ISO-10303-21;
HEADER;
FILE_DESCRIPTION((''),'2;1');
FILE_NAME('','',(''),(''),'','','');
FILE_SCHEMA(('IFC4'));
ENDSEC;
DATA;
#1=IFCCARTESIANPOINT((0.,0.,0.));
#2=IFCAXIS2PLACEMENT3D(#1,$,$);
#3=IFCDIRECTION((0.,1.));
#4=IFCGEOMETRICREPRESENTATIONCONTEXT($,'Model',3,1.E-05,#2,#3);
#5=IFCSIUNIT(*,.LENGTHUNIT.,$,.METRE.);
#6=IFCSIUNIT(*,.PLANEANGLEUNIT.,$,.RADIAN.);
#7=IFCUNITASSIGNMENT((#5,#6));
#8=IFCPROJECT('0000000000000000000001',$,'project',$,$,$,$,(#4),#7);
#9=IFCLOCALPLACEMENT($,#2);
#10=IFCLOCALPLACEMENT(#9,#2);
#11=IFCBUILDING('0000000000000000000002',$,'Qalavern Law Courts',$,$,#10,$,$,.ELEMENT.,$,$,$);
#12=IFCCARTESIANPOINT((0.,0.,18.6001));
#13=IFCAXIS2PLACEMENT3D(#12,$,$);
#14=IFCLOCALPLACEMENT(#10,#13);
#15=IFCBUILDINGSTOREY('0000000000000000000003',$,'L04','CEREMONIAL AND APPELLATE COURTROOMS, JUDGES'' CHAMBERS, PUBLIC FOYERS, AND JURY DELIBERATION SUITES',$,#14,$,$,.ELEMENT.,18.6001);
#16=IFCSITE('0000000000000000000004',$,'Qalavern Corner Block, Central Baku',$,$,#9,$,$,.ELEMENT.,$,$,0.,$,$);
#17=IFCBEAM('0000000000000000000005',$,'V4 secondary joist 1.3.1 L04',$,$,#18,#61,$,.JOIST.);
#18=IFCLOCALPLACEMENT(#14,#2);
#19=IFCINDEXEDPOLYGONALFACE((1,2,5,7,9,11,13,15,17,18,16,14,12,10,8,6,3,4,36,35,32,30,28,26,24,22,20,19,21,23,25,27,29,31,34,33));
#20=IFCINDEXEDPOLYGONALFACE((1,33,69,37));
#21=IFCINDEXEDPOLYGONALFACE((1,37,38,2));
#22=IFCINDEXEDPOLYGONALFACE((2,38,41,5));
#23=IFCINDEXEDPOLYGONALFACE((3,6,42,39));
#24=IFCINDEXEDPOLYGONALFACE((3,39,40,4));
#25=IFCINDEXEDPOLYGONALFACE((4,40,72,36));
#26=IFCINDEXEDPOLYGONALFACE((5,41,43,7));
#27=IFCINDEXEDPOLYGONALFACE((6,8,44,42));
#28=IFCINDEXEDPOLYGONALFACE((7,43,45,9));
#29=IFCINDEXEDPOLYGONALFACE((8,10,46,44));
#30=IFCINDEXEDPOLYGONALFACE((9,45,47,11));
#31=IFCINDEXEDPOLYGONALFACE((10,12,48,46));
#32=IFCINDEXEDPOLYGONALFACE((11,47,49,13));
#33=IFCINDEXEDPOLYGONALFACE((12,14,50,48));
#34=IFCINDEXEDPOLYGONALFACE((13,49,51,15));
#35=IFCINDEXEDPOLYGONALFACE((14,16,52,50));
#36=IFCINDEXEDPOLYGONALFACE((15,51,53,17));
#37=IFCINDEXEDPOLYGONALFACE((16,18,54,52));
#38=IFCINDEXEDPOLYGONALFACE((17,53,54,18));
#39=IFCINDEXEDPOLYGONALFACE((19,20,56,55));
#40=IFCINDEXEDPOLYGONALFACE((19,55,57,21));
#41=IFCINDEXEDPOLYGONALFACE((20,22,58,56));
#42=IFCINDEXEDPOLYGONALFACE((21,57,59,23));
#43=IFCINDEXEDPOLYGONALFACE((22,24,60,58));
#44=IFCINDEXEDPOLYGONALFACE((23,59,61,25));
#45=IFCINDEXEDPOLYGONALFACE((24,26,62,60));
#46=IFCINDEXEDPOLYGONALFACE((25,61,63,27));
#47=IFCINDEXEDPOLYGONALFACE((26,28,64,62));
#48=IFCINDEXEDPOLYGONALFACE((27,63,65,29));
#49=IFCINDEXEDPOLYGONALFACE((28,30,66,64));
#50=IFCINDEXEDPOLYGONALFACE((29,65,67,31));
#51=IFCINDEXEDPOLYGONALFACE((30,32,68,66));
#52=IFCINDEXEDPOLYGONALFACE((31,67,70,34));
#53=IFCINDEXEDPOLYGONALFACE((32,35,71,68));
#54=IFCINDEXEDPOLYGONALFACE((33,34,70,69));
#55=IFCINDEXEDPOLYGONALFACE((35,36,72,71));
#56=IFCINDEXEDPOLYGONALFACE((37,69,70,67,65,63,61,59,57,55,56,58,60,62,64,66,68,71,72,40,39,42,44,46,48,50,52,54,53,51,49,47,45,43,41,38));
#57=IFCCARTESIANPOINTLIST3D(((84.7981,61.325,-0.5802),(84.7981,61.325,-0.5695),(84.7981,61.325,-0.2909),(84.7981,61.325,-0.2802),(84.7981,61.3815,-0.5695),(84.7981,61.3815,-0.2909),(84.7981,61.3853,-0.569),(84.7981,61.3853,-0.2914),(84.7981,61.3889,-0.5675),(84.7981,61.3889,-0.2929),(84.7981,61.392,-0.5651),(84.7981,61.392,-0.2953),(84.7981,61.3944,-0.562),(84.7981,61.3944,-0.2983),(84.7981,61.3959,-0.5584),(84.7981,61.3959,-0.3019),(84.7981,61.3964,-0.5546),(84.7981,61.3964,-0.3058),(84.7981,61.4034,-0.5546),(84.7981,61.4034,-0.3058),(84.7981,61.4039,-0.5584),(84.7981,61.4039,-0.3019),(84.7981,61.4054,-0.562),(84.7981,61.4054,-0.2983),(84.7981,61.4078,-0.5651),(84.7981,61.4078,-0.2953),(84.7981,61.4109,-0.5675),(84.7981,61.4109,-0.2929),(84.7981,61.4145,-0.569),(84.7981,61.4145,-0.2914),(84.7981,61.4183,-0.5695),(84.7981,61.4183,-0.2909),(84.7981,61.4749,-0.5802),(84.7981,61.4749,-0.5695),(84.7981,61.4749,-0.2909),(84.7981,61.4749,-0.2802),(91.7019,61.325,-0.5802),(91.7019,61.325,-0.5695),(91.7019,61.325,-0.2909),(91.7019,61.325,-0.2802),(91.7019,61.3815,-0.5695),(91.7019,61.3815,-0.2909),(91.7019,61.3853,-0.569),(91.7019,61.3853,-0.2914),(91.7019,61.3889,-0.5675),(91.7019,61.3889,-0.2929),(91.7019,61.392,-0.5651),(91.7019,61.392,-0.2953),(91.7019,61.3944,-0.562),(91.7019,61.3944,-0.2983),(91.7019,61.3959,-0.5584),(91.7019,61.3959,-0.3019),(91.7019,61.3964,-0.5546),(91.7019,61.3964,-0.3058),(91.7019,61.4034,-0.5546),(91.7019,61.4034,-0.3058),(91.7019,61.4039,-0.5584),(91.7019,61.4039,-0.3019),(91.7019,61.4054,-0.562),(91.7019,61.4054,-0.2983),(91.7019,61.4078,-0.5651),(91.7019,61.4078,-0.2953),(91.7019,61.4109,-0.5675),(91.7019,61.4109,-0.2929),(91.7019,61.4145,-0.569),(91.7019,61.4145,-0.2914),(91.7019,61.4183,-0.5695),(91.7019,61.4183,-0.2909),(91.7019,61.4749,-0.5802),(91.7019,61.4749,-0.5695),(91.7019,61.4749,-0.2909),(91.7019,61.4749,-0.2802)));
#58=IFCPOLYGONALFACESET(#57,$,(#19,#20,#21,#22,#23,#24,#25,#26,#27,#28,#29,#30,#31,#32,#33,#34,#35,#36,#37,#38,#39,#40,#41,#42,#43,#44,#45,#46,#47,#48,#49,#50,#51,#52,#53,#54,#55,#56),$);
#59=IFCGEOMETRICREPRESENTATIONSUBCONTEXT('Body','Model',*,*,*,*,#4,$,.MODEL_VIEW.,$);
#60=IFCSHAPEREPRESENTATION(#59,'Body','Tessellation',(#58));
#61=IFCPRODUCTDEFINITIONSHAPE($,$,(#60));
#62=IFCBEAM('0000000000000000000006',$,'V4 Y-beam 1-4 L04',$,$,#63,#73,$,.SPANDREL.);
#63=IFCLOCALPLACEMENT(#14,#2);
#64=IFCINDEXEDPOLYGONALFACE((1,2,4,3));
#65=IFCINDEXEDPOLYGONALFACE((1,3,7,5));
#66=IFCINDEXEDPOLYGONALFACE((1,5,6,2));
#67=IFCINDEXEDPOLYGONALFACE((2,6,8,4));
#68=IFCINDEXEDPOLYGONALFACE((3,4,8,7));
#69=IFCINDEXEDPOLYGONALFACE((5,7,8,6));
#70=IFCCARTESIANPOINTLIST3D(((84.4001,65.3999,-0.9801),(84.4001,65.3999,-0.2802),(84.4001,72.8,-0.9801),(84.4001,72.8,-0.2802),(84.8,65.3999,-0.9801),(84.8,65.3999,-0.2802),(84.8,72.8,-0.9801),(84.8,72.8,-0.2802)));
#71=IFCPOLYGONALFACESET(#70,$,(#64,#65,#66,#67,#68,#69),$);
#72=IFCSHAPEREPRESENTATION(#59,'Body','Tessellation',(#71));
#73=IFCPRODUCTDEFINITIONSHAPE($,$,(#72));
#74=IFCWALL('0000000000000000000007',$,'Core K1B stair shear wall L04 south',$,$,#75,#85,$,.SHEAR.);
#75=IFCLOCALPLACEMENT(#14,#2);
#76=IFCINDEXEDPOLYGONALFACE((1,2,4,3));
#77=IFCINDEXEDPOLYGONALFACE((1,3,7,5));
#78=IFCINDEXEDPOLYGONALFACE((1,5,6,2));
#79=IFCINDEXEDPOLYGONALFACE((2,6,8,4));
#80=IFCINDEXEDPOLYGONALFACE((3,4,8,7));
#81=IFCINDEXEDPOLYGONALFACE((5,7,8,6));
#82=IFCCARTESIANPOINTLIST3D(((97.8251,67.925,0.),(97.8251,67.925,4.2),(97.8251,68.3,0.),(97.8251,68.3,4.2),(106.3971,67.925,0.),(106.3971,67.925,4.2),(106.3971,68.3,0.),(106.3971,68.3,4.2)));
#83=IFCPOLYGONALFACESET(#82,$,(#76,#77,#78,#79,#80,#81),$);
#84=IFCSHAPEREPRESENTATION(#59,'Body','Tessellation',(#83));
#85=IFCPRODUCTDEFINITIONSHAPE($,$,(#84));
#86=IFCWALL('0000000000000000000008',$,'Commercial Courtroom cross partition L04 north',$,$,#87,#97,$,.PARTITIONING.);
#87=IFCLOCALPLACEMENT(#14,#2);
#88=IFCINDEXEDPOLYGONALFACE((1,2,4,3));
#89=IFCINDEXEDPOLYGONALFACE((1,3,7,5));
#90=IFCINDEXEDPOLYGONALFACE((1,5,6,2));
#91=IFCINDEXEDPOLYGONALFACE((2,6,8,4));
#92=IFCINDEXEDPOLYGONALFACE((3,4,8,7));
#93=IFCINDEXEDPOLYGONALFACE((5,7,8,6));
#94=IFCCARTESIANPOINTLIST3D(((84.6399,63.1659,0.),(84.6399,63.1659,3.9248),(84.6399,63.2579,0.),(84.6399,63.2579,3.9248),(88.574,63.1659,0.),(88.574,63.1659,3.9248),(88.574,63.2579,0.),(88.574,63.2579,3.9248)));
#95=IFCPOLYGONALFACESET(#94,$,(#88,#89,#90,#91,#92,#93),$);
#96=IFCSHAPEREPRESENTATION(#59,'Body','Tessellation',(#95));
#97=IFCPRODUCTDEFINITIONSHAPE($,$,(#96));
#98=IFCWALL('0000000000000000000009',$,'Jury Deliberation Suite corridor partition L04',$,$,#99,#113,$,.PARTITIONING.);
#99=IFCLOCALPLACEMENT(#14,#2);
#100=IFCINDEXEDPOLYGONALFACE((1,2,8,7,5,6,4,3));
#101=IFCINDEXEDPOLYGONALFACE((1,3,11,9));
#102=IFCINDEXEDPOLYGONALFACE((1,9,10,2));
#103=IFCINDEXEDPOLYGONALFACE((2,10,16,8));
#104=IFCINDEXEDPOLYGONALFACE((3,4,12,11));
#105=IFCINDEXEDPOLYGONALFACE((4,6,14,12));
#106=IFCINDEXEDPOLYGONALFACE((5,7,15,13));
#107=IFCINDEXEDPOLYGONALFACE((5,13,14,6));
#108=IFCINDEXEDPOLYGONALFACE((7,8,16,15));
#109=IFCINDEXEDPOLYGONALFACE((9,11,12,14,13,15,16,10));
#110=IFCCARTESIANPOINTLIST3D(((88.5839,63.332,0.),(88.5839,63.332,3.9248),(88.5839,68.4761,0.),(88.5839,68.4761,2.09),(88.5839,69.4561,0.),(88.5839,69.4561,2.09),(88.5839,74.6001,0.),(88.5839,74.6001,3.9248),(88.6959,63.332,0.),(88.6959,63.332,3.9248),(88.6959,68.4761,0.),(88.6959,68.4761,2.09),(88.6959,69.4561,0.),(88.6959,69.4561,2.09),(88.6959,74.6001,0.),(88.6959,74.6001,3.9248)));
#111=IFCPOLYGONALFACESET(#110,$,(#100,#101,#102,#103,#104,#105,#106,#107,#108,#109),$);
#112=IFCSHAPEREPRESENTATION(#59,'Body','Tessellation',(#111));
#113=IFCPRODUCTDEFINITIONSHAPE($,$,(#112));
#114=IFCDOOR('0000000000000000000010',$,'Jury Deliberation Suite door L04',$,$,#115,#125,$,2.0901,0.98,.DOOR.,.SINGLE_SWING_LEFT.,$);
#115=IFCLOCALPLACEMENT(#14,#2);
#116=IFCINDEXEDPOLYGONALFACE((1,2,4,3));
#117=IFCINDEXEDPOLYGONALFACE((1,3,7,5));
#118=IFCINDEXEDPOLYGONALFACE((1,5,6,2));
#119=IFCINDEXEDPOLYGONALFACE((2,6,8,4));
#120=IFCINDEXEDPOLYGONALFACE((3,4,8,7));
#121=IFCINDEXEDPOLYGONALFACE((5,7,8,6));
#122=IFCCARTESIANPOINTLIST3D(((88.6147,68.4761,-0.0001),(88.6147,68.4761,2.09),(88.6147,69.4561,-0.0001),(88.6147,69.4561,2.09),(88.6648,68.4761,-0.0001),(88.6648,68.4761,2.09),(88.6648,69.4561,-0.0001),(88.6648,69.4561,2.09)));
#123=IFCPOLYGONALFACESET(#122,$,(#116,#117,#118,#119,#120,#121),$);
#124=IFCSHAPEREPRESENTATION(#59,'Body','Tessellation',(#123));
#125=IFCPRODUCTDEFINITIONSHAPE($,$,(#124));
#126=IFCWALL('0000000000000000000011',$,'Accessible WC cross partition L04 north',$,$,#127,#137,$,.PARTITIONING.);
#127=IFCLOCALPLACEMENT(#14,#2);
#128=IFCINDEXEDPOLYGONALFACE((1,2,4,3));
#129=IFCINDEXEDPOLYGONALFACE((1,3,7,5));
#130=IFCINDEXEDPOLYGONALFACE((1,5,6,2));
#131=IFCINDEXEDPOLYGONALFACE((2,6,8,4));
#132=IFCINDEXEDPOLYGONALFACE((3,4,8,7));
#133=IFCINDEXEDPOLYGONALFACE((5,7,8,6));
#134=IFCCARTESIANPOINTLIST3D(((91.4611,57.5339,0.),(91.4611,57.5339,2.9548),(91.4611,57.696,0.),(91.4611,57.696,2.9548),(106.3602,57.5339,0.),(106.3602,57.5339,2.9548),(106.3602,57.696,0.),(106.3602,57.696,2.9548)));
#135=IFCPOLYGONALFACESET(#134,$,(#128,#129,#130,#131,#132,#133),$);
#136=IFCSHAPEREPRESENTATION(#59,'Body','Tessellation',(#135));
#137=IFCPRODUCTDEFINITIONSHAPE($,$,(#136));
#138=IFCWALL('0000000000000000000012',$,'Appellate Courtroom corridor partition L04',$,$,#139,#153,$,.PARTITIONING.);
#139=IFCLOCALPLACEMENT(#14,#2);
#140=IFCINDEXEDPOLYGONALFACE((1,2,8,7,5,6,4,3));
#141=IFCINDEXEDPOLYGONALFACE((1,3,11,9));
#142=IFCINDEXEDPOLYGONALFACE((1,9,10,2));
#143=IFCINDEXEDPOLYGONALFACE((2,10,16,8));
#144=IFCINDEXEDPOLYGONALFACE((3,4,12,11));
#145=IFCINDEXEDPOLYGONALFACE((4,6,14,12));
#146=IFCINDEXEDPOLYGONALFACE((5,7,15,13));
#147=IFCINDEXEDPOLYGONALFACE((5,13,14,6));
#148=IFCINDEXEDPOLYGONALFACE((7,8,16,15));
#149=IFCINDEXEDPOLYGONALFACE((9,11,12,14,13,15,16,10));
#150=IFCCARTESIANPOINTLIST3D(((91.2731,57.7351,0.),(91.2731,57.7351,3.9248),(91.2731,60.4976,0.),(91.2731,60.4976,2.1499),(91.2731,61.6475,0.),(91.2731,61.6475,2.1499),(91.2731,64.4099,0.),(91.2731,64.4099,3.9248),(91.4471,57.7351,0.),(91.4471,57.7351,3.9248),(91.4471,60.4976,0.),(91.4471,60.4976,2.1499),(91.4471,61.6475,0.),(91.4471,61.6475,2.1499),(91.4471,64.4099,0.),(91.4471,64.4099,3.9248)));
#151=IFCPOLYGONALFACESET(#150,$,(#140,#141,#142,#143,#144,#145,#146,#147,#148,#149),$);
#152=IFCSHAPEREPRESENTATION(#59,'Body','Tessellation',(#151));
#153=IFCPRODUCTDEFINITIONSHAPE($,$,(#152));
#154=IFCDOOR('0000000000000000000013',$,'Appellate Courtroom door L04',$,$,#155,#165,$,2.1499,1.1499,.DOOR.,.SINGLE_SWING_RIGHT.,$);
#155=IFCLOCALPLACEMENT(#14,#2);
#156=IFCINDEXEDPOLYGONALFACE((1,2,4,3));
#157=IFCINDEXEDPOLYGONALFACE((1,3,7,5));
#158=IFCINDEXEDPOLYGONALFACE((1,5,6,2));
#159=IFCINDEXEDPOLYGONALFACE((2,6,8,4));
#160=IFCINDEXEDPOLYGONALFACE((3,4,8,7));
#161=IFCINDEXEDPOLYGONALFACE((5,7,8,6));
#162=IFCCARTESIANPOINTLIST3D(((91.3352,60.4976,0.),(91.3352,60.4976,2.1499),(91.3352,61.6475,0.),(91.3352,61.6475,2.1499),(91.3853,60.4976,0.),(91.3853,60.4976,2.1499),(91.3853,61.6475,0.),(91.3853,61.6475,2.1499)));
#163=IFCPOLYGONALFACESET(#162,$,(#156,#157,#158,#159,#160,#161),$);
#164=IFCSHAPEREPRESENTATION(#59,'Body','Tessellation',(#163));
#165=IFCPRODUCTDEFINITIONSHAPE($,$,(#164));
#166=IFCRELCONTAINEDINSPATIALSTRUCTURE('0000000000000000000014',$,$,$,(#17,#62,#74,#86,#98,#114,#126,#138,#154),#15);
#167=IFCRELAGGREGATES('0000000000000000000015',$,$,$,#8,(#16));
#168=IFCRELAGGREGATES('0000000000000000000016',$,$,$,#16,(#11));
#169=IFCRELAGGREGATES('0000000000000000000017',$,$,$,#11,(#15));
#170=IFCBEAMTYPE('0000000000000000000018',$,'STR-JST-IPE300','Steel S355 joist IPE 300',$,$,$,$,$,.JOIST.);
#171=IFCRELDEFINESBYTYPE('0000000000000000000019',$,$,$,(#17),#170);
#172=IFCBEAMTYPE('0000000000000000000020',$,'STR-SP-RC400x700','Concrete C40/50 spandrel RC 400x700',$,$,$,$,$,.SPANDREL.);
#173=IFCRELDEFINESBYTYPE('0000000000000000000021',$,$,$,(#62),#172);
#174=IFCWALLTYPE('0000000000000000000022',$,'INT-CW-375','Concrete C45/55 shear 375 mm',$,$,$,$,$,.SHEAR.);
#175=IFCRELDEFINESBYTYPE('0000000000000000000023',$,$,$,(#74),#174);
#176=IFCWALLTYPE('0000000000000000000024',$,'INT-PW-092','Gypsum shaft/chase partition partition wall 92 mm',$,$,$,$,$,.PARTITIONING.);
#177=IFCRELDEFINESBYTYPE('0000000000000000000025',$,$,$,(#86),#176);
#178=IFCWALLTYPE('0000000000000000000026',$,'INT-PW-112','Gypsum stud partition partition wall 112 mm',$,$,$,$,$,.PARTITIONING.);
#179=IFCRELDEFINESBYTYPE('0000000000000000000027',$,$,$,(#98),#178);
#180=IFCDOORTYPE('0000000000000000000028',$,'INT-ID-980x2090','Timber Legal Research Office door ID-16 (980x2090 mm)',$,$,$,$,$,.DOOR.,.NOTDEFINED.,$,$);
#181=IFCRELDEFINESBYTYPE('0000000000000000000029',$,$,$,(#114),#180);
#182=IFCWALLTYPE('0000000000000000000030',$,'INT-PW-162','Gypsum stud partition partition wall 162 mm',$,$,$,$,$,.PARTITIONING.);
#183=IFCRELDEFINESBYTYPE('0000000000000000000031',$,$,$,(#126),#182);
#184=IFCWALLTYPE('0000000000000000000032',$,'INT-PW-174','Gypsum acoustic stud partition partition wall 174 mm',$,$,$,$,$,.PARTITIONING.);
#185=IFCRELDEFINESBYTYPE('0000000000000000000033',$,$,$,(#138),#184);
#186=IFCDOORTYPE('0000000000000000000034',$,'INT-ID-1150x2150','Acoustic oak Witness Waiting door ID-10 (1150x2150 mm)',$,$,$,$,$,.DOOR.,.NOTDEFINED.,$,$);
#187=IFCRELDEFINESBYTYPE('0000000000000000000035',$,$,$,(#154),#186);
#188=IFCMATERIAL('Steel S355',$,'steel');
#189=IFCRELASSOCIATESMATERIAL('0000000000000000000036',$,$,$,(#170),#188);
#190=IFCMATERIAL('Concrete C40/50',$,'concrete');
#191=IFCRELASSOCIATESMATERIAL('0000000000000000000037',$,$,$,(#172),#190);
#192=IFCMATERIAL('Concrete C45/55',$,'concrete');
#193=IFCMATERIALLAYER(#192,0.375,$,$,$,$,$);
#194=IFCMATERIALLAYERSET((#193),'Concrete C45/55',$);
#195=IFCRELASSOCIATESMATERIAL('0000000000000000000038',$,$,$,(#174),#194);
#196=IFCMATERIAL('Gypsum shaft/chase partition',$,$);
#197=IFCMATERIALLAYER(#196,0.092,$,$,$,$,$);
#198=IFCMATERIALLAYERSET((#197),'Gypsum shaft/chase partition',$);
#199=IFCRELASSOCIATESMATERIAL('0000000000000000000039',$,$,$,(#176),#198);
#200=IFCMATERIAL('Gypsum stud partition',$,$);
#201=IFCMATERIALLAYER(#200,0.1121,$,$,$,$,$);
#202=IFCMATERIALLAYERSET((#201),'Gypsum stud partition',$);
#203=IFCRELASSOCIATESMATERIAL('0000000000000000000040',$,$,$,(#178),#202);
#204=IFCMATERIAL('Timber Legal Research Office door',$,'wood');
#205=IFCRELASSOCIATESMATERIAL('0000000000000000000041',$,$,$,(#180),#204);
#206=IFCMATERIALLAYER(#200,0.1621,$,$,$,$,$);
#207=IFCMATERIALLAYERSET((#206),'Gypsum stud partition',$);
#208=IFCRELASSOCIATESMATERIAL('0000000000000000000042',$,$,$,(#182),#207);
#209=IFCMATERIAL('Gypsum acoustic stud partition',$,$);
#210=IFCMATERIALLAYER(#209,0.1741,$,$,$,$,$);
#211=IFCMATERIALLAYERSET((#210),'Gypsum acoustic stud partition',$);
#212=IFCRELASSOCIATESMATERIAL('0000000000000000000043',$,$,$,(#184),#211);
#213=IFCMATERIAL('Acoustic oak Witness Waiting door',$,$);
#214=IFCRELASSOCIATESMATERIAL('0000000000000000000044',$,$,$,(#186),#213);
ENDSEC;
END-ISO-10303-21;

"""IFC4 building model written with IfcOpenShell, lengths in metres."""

from ifc_helpers import new_model, si_unit, direction, frame, frame_2d, origin, origin_2d, place, context, subcontext, project, spatial, rectangle, i_section, extrude, material, layer, layer_set, material_profile, profile_set, type_object, element, fill, save


model = new_model("IFC4")

# Units and contexts
model_context = context("Model", 3, precision=1e-05, world=origin(), true_north=direction((0.0, 1.0)))
body_context = subcontext(model_context, "Body", "Model", "MODEL_VIEW")
ifc_project = project(units=[si_unit("LENGTHUNIT", "METRE"), si_unit("PLANEANGLEUNIT", "RADIAN")], contexts=[model_context])

# Site, building, storey
site_placement = place(None, origin())
site = spatial("IfcSite", under=ifc_project, at=site_placement, Name="Qalavern Corner Block, Central Baku", CompositionType="ELEMENT", RefElevation=0.0)
building_placement = place(site_placement, origin())
building = spatial("IfcBuilding", under=site, at=building_placement, Name="Qalavern Law Courts", CompositionType="ELEMENT")
storey_placement = place(building_placement, frame((0.0, 0.0, 18.6001)))
storey = spatial("IfcBuildingStorey", under=building, at=storey_placement, Name="L04", Description="CEREMONIAL AND APPELLATE COURTROOMS, JUDGES' CHAMBERS, PUBLIC FOYERS, AND JURY DELIBERATION SUITES", CompositionType="ELEMENT", Elevation=18.6001)

# Shared definitions
ifc_material_1 = material(Name="Concrete C45/55", Category="concrete")

# Beams
ifc_material_2 = material(Name="Steel S355", Category="steel")
ifc_material_3 = material(Name="Concrete C40/50", Category="concrete")
ifc_material_profile_1 = material_profile(ifc_material_2, i_section(OverallWidth=0.1499, OverallDepth=0.3, WebThickness=0.0071, FlangeThickness=0.0107, FilletRadius=0.0149, at=origin_2d()), Name="IPE 300")
ifc_profile_set_1 = profile_set([ifc_material_profile_1], Name="Steel S355")
beam_type_1 = type_object("IfcBeamType", Name="STR-JST-IPE300", Description="Steel S355 joist IPE 300", PredefinedType="JOIST", material=ifc_profile_set_1)
beam_1_placement = place(storey_placement, frame((84.7981, 61.3999, -0.4302), z_axis=(1.0, 0.0, 0.0), x_axis=(0.0, 1.0, 0.0)))
element("IfcBeam", 1, at=beam_1_placement, inside=storey, type_object=beam_type_1, Name="V4 secondary joist 1.3.1 L04", PredefinedType="JOIST", context=body_context, shape_type="SweptSolid", body=[
    extrude(i_section(OverallWidth=0.1499, OverallDepth=0.3, WebThickness=0.0071, FlangeThickness=0.0107, FilletRadius=0.0149, at=origin_2d()), origin(), (0.0, 0.0, 1.0), 6.9038),
])
ifc_material_profile_2 = material_profile(ifc_material_3, rectangle(XDim=0.3999, YDim=0.7, at=origin_2d()), Name="RC 400x700")
ifc_profile_set_2 = profile_set([ifc_material_profile_2], Name="Concrete C40/50")
beam_type_2 = type_object("IfcBeamType", Name="STR-SP-RC400x700", Description="Concrete C40/50 spandrel RC 400x700", PredefinedType="SPANDREL", material=ifc_profile_set_2)
beam_2_placement = place(storey_placement, frame((84.6001, 65.3999, -0.6301), z_axis=(0.0, 1.0, 0.0), x_axis=(-1.0, 0.0, 0.0)))
element("IfcBeam", 2, at=beam_2_placement, inside=storey, type_object=beam_type_2, Name="V4 Y-beam 1-4 L04", PredefinedType="SPANDREL", context=body_context, shape_type="SweptSolid", body=[
    extrude(rectangle(XDim=0.3999, YDim=0.7, at=origin_2d()), origin(), (0.0, 0.0, 1.0), 7.4001),
])

# Walls
ifc_layer_1 = layer(ifc_material_1, 0.375)
ifc_layer_set_1 = layer_set([ifc_layer_1], Name="Concrete C45/55")
wall_type_1 = type_object("IfcWallType", Name="INT-CW-375", Description="Concrete C45/55 shear 375 mm", PredefinedType="SHEAR", material=ifc_layer_set_1)
wall_1_placement = place(storey_placement, frame((97.825, 68.1125, 0.0), z_axis=(0.0, 0.0, 1.0), x_axis=(1.0, 0.0, 0.0)))
element("IfcWall", 3, at=wall_1_placement, inside=storey, type_object=wall_type_1, Name="Core K1B stair shear wall L04 south", PredefinedType="SHEAR", context=body_context, shape_type="SweptSolid", body=[
    extrude(rectangle(XDim=8.572, YDim=0.375, at=frame_2d((4.2861, 0.0))), origin(), (0.0, 0.0, 1.0), 4.2),
])
ifc_material_4 = material(Name="Gypsum shaft/chase partition")
ifc_layer_2 = layer(ifc_material_4, 0.092)
ifc_layer_set_2 = layer_set([ifc_layer_2], Name="Gypsum shaft/chase partition")
wall_type_2 = type_object("IfcWallType", Name="INT-PW-092", Description="Gypsum shaft/chase partition partition wall 92 mm", PredefinedType="PARTITIONING", material=ifc_layer_set_2)
wall_2_placement = place(storey_placement, frame((84.6399, 63.2119, 0.0), z_axis=(0.0, 0.0, 1.0), x_axis=(1.0, 0.0, 0.0)))
element("IfcWall", 4, at=wall_2_placement, inside=storey, type_object=wall_type_2, Name="Commercial Courtroom cross partition L04 north", PredefinedType="PARTITIONING", context=body_context, shape_type="SweptSolid", body=[
    extrude(rectangle(XDim=3.9341, YDim=0.092, at=frame_2d((1.967, 0.0))), origin(), (0.0, 0.0, 1.0), 3.9248),
])

# Wall, opening, door
ifc_material_5 = material(Name="Gypsum stud partition")
ifc_layer_3 = layer(ifc_material_5, 0.1121)
ifc_layer_set_3 = layer_set([ifc_layer_3], Name="Gypsum stud partition")
wall_type_3 = type_object("IfcWallType", Name="INT-PW-112", Description="Gypsum stud partition partition wall 112 mm", PredefinedType="PARTITIONING", material=ifc_layer_set_3)
wall_3_placement = place(storey_placement, frame((88.6399, 63.332, 0.0), z_axis=(0.0, 0.0, 1.0), x_axis=(0.0, 1.0, 0.0)))
wall_3 = element("IfcWall", 5, at=wall_3_placement, inside=storey, type_object=wall_type_3, Name="Jury Deliberation Suite corridor partition L04", PredefinedType="PARTITIONING", context=body_context, shape_type="SweptSolid", body=[
    extrude(rectangle(XDim=11.2681, YDim=0.1121, at=frame_2d((5.634, 0.0))), origin(), (0.0, 0.0, 1.0), 3.9248),
])
opening_1_placement = place(wall_3_placement, frame((5.144, 0.0, 0.0)))
opening_1 = element("IfcOpeningElement", 6, at=opening_1_placement, cuts=wall_3, PredefinedType="OPENING", context=body_context, shape_type="SweptSolid", body=[
    extrude(rectangle(XDim=0.98, YDim=2.0901, at=frame_2d((0.49, 1.0449))), frame((0.0, 0.0708, 0.0), z_axis=(0.0, -1.0, 0.0), x_axis=(1.0, 0.0, 0.0)), (0.0, 0.0, 1.0), 0.1418),
])
ifc_material_6 = material(Name="Timber Legal Research Office door", Category="wood")
door_type_1 = type_object("IfcDoorType", Name="INT-ID-980x2090", Description="Timber Legal Research Office door ID-16 (980x2090 mm)", OperationType="NOTDEFINED", PredefinedType="DOOR", material=ifc_material_6)
door_1_placement = place(opening_1_placement, frame((0.98, 0.0, 0.0), z_axis=(0.0, 0.0, 1.0), x_axis=(-1.0, 0.0, 0.0)))
door_1 = element("IfcDoor", 7, at=door_1_placement, inside=storey, type_object=door_type_1, Name="Jury Deliberation Suite door L04", OperationType="SINGLE_SWING_LEFT", OverallHeight=2.0901, OverallWidth=0.98, PredefinedType="DOOR", context=body_context, shape_type="SweptSolid", body=[
    extrude(rectangle(XDim=0.98, YDim=2.0901, at=frame_2d((0.49, 1.0449))), frame((0.0, 0.0249, 0.0), z_axis=(0.0, -1.0, 0.0), x_axis=(1.0, 0.0, 0.0)), (0.0, 0.0, 1.0), 0.05),
])
fill(opening_1, door_1)

# Wall
ifc_layer_4 = layer(ifc_material_5, 0.1621)
ifc_layer_set_4 = layer_set([ifc_layer_4], Name="Gypsum stud partition")
wall_type_4 = type_object("IfcWallType", Name="INT-PW-162", Description="Gypsum stud partition partition wall 162 mm", PredefinedType="PARTITIONING", material=ifc_layer_set_4)
wall_4_placement = place(storey_placement, frame((91.4609, 57.615, 0.0), z_axis=(0.0, 0.0, 1.0), x_axis=(1.0, 0.0, 0.0)))
element("IfcWall", 8, at=wall_4_placement, inside=storey, type_object=wall_type_4, Name="Accessible WC cross partition L04 north", PredefinedType="PARTITIONING", context=body_context, shape_type="SweptSolid", body=[
    extrude(rectangle(XDim=14.8992, YDim=0.1621, at=frame_2d((7.4497, 0.0))), origin(), (0.0, 0.0, 1.0), 2.9548),
])

# Wall, opening, door
ifc_material_7 = material(Name="Gypsum acoustic stud partition")
ifc_layer_5 = layer(ifc_material_7, 0.1741)
ifc_layer_set_5 = layer_set([ifc_layer_5], Name="Gypsum acoustic stud partition")
wall_type_5 = type_object("IfcWallType", Name="INT-PW-174", Description="Gypsum acoustic stud partition partition wall 174 mm", PredefinedType="PARTITIONING", material=ifc_layer_set_5)
wall_5_placement = place(storey_placement, frame((91.3601, 57.7351, 0.0), z_axis=(0.0, 0.0, 1.0), x_axis=(0.0, 1.0, 0.0)))
wall_5 = element("IfcWall", 9, at=wall_5_placement, inside=storey, type_object=wall_type_5, Name="Appellate Courtroom corridor partition L04", PredefinedType="PARTITIONING", context=body_context, shape_type="SweptSolid", body=[
    extrude(rectangle(XDim=6.6748, YDim=0.1741, at=frame_2d((3.3374, 0.0))), origin(), (0.0, 0.0, 1.0), 3.9248),
])
opening_2_placement = place(wall_5_placement, frame((2.7625, 0.0, 0.0)))
opening_2 = element("IfcOpeningElement", 10, at=opening_2_placement, cuts=wall_5, PredefinedType="OPENING", context=body_context, shape_type="SweptSolid", body=[
    extrude(rectangle(XDim=1.1499, YDim=2.1499, at=frame_2d((0.575, 1.075))), frame((0.0, 0.1021, 0.0), z_axis=(0.0, -1.0, 0.0), x_axis=(1.0, 0.0, 0.0)), (0.0, 0.0, 1.0), 0.2039),
])
ifc_material_8 = material(Name="Acoustic oak Witness Waiting door")
door_type_2 = type_object("IfcDoorType", Name="INT-ID-1150x2150", Description="Acoustic oak Witness Waiting door ID-10 (1150x2150 mm)", OperationType="NOTDEFINED", PredefinedType="DOOR", material=ifc_material_8)
door_2_placement = place(opening_2_placement, origin())
door_2 = element("IfcDoor", 11, at=door_2_placement, inside=storey, type_object=door_type_2, Name="Appellate Courtroom door L04", OperationType="SINGLE_SWING_RIGHT", OverallHeight=2.1499, OverallWidth=1.1499, PredefinedType="DOOR", context=body_context, shape_type="SweptSolid", body=[
    extrude(rectangle(XDim=1.1499, YDim=2.1499, at=frame_2d((0.575, 1.075))), frame((0.0, 0.0249, 0.0), z_axis=(0.0, -1.0, 0.0), x_axis=(1.0, 0.0, 0.0)), (0.0, 0.0, 1.0), 0.05),
])
fill(opening_2, door_2)

save(model, "model.ifc")
